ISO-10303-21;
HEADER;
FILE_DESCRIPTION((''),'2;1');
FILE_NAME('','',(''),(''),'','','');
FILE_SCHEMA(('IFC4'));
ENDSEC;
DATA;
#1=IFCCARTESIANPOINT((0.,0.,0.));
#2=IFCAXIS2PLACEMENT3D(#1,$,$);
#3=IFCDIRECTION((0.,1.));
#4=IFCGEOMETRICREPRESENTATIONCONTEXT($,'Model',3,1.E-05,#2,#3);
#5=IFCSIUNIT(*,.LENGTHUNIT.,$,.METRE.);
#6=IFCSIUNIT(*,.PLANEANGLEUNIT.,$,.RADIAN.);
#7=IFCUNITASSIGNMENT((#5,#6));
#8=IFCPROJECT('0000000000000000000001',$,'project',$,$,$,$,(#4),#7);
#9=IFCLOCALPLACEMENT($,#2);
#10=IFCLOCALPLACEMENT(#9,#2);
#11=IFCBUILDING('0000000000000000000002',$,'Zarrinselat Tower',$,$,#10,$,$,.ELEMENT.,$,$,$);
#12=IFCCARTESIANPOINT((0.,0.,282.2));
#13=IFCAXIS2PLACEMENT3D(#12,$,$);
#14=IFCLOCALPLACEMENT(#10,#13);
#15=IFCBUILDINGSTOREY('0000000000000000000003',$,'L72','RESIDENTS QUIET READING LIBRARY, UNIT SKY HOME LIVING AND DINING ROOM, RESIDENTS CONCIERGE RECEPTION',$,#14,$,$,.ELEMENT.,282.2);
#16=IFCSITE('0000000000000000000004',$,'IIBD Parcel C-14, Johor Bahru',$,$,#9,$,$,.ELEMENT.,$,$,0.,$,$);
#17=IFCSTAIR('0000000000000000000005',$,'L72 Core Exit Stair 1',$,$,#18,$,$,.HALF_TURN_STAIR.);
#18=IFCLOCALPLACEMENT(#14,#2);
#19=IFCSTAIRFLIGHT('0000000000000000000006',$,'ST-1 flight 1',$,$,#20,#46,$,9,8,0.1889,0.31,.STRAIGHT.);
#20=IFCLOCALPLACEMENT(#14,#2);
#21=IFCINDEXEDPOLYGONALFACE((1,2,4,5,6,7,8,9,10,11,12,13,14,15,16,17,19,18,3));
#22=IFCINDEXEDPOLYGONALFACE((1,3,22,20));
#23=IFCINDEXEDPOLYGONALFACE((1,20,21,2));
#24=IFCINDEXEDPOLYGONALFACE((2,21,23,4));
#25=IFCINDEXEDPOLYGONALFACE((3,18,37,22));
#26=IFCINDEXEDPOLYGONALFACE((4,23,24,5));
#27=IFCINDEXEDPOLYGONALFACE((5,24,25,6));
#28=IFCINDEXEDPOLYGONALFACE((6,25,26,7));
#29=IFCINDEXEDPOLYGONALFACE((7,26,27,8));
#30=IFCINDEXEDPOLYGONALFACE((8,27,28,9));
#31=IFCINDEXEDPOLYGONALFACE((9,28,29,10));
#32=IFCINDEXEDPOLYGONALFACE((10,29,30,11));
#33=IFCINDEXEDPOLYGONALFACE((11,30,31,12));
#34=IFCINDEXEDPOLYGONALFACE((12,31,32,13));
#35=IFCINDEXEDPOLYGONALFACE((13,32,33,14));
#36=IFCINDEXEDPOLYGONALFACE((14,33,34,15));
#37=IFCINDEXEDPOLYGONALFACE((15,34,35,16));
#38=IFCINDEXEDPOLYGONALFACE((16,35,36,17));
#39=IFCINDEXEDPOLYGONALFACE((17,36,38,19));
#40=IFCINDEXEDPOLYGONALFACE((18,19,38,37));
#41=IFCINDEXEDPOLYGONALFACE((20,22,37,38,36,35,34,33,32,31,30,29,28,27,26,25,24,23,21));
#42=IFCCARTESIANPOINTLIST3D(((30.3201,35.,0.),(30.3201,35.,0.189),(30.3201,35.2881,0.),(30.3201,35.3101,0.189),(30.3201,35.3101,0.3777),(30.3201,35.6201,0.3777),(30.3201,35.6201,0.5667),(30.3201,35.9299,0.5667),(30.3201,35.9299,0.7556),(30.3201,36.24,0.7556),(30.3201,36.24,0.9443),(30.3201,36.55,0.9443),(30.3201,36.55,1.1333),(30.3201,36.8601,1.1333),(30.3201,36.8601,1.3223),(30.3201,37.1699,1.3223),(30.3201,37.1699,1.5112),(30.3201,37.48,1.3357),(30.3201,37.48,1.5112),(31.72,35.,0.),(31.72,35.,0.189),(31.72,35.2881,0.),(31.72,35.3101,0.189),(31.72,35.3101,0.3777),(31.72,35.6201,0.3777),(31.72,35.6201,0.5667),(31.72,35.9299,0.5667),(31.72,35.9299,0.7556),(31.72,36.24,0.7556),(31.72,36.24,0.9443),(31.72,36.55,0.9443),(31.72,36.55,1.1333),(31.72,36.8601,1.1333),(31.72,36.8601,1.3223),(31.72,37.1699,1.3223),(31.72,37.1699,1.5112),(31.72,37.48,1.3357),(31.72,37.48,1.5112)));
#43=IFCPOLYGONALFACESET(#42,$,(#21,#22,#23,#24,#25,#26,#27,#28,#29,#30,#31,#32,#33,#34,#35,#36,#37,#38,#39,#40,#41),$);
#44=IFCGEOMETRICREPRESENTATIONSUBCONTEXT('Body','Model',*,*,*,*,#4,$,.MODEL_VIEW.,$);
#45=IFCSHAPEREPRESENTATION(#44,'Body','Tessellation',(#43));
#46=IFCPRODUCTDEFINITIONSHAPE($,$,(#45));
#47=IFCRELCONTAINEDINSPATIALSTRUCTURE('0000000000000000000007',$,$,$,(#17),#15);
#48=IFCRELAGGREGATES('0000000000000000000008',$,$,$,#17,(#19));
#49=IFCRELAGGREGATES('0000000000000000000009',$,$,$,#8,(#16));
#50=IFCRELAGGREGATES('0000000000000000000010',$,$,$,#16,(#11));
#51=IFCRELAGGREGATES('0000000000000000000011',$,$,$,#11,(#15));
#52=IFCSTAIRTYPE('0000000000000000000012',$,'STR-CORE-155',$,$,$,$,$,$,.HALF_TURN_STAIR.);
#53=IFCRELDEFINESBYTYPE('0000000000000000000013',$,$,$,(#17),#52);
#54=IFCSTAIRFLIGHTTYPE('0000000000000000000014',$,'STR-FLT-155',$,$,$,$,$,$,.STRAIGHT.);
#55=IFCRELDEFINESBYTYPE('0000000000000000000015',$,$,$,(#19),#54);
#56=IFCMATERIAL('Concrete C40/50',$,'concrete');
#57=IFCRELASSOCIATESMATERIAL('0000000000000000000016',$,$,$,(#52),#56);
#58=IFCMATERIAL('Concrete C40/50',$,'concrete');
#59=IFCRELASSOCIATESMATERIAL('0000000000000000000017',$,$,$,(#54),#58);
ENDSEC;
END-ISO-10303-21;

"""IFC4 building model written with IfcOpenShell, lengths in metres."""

from ifc_helpers import new_model, si_unit, direction, frame, origin, place, context, subcontext, project, spatial, polyline, outline, extrude, material, type_object, element, aggregate, save


model = new_model("IFC4")

# Units and contexts
model_context = context("Model", 3, precision=1e-05, world=origin(), true_north=direction((0.0, 1.0)))
body_context = subcontext(model_context, "Body", "Model", "MODEL_VIEW")
ifc_project = project(units=[si_unit("LENGTHUNIT", "METRE"), si_unit("PLANEANGLEUNIT", "RADIAN")], contexts=[model_context])

# Site, building, storey
site_placement = place(None, origin())
site = spatial("IfcSite", under=ifc_project, at=site_placement, Name="IIBD Parcel C-14, Johor Bahru", CompositionType="ELEMENT", RefElevation=0.0)
building_placement = place(site_placement, origin())
building = spatial("IfcBuilding", under=site, at=building_placement, Name="Zarrinselat Tower", CompositionType="ELEMENT")
storey_placement = place(building_placement, frame((0.0, 0.0, 282.2)))
storey = spatial("IfcBuildingStorey", under=building, at=storey_placement, Name="L72", Description="RESIDENTS QUIET READING LIBRARY, UNIT SKY HOME LIVING AND DINING ROOM, RESIDENTS CONCIERGE RECEPTION", CompositionType="ELEMENT", Elevation=282.2)

# Stair, stair flight
ifc_material_1 = material(Name="Concrete C40/50", Category="concrete")
stair_type = type_object("IfcStairType", Name="STR-CORE-155", PredefinedType="HALF_TURN_STAIR", material=ifc_material_1)
stair_placement = place(storey_placement, origin())
stair = element("IfcStair", 1, at=stair_placement, inside=storey, type_object=stair_type, Name="L72 Core Exit Stair 1", PredefinedType="HALF_TURN_STAIR")
ifc_material_2 = material(Name="Concrete C40/50", Category="concrete")
stair_flight_type = type_object("IfcStairFlightType", Name="STR-FLT-155", PredefinedType="STRAIGHT", material=ifc_material_2)
stair_flight_placement = place(storey_placement, frame((31.02, 35.0, 0.0), z_axis=(0.0, 0.0, 1.0), x_axis=(0.0, 1.0, 0.0)))
stair_flight = element("IfcStairFlight", 2, at=stair_flight_placement, type_object=stair_flight_type, Name="ST-1 flight 1", NumberOfRisers=9, NumberOfTreads=8, PredefinedType="STRAIGHT", RiserHeight=0.1889, TreadLength=0.31, context=body_context, shape_type="SweptSolid", body=[
    extrude(outline(polyline([(0.0, 0.0), (0.0, 0.189), (0.3101, 0.189), (0.3101, 0.3777), (0.6201, 0.3777), (0.6201, 0.5667), (0.9299, 0.5667), (0.9299, 0.7556), (1.24, 0.7556), (1.24, 0.9443), (1.55, 0.9443), (1.55, 1.1333), (1.8601, 1.1333), (1.8601, 1.3223), (2.1699, 1.3223), (2.1699, 1.5112), (2.48, 1.5112), (2.48, 1.7), (2.48, 1.3357), (0.2881, 0.0), (0.0, 0.0)])), frame((0.0, 0.7, 0.0), z_axis=(0.0, -1.0, 0.0), x_axis=(1.0, 0.0, 0.0)), (0.0, 0.0, 1.0), 1.3999),
])
aggregate(stair, [stair_flight])

save(model, "model.ifc")
